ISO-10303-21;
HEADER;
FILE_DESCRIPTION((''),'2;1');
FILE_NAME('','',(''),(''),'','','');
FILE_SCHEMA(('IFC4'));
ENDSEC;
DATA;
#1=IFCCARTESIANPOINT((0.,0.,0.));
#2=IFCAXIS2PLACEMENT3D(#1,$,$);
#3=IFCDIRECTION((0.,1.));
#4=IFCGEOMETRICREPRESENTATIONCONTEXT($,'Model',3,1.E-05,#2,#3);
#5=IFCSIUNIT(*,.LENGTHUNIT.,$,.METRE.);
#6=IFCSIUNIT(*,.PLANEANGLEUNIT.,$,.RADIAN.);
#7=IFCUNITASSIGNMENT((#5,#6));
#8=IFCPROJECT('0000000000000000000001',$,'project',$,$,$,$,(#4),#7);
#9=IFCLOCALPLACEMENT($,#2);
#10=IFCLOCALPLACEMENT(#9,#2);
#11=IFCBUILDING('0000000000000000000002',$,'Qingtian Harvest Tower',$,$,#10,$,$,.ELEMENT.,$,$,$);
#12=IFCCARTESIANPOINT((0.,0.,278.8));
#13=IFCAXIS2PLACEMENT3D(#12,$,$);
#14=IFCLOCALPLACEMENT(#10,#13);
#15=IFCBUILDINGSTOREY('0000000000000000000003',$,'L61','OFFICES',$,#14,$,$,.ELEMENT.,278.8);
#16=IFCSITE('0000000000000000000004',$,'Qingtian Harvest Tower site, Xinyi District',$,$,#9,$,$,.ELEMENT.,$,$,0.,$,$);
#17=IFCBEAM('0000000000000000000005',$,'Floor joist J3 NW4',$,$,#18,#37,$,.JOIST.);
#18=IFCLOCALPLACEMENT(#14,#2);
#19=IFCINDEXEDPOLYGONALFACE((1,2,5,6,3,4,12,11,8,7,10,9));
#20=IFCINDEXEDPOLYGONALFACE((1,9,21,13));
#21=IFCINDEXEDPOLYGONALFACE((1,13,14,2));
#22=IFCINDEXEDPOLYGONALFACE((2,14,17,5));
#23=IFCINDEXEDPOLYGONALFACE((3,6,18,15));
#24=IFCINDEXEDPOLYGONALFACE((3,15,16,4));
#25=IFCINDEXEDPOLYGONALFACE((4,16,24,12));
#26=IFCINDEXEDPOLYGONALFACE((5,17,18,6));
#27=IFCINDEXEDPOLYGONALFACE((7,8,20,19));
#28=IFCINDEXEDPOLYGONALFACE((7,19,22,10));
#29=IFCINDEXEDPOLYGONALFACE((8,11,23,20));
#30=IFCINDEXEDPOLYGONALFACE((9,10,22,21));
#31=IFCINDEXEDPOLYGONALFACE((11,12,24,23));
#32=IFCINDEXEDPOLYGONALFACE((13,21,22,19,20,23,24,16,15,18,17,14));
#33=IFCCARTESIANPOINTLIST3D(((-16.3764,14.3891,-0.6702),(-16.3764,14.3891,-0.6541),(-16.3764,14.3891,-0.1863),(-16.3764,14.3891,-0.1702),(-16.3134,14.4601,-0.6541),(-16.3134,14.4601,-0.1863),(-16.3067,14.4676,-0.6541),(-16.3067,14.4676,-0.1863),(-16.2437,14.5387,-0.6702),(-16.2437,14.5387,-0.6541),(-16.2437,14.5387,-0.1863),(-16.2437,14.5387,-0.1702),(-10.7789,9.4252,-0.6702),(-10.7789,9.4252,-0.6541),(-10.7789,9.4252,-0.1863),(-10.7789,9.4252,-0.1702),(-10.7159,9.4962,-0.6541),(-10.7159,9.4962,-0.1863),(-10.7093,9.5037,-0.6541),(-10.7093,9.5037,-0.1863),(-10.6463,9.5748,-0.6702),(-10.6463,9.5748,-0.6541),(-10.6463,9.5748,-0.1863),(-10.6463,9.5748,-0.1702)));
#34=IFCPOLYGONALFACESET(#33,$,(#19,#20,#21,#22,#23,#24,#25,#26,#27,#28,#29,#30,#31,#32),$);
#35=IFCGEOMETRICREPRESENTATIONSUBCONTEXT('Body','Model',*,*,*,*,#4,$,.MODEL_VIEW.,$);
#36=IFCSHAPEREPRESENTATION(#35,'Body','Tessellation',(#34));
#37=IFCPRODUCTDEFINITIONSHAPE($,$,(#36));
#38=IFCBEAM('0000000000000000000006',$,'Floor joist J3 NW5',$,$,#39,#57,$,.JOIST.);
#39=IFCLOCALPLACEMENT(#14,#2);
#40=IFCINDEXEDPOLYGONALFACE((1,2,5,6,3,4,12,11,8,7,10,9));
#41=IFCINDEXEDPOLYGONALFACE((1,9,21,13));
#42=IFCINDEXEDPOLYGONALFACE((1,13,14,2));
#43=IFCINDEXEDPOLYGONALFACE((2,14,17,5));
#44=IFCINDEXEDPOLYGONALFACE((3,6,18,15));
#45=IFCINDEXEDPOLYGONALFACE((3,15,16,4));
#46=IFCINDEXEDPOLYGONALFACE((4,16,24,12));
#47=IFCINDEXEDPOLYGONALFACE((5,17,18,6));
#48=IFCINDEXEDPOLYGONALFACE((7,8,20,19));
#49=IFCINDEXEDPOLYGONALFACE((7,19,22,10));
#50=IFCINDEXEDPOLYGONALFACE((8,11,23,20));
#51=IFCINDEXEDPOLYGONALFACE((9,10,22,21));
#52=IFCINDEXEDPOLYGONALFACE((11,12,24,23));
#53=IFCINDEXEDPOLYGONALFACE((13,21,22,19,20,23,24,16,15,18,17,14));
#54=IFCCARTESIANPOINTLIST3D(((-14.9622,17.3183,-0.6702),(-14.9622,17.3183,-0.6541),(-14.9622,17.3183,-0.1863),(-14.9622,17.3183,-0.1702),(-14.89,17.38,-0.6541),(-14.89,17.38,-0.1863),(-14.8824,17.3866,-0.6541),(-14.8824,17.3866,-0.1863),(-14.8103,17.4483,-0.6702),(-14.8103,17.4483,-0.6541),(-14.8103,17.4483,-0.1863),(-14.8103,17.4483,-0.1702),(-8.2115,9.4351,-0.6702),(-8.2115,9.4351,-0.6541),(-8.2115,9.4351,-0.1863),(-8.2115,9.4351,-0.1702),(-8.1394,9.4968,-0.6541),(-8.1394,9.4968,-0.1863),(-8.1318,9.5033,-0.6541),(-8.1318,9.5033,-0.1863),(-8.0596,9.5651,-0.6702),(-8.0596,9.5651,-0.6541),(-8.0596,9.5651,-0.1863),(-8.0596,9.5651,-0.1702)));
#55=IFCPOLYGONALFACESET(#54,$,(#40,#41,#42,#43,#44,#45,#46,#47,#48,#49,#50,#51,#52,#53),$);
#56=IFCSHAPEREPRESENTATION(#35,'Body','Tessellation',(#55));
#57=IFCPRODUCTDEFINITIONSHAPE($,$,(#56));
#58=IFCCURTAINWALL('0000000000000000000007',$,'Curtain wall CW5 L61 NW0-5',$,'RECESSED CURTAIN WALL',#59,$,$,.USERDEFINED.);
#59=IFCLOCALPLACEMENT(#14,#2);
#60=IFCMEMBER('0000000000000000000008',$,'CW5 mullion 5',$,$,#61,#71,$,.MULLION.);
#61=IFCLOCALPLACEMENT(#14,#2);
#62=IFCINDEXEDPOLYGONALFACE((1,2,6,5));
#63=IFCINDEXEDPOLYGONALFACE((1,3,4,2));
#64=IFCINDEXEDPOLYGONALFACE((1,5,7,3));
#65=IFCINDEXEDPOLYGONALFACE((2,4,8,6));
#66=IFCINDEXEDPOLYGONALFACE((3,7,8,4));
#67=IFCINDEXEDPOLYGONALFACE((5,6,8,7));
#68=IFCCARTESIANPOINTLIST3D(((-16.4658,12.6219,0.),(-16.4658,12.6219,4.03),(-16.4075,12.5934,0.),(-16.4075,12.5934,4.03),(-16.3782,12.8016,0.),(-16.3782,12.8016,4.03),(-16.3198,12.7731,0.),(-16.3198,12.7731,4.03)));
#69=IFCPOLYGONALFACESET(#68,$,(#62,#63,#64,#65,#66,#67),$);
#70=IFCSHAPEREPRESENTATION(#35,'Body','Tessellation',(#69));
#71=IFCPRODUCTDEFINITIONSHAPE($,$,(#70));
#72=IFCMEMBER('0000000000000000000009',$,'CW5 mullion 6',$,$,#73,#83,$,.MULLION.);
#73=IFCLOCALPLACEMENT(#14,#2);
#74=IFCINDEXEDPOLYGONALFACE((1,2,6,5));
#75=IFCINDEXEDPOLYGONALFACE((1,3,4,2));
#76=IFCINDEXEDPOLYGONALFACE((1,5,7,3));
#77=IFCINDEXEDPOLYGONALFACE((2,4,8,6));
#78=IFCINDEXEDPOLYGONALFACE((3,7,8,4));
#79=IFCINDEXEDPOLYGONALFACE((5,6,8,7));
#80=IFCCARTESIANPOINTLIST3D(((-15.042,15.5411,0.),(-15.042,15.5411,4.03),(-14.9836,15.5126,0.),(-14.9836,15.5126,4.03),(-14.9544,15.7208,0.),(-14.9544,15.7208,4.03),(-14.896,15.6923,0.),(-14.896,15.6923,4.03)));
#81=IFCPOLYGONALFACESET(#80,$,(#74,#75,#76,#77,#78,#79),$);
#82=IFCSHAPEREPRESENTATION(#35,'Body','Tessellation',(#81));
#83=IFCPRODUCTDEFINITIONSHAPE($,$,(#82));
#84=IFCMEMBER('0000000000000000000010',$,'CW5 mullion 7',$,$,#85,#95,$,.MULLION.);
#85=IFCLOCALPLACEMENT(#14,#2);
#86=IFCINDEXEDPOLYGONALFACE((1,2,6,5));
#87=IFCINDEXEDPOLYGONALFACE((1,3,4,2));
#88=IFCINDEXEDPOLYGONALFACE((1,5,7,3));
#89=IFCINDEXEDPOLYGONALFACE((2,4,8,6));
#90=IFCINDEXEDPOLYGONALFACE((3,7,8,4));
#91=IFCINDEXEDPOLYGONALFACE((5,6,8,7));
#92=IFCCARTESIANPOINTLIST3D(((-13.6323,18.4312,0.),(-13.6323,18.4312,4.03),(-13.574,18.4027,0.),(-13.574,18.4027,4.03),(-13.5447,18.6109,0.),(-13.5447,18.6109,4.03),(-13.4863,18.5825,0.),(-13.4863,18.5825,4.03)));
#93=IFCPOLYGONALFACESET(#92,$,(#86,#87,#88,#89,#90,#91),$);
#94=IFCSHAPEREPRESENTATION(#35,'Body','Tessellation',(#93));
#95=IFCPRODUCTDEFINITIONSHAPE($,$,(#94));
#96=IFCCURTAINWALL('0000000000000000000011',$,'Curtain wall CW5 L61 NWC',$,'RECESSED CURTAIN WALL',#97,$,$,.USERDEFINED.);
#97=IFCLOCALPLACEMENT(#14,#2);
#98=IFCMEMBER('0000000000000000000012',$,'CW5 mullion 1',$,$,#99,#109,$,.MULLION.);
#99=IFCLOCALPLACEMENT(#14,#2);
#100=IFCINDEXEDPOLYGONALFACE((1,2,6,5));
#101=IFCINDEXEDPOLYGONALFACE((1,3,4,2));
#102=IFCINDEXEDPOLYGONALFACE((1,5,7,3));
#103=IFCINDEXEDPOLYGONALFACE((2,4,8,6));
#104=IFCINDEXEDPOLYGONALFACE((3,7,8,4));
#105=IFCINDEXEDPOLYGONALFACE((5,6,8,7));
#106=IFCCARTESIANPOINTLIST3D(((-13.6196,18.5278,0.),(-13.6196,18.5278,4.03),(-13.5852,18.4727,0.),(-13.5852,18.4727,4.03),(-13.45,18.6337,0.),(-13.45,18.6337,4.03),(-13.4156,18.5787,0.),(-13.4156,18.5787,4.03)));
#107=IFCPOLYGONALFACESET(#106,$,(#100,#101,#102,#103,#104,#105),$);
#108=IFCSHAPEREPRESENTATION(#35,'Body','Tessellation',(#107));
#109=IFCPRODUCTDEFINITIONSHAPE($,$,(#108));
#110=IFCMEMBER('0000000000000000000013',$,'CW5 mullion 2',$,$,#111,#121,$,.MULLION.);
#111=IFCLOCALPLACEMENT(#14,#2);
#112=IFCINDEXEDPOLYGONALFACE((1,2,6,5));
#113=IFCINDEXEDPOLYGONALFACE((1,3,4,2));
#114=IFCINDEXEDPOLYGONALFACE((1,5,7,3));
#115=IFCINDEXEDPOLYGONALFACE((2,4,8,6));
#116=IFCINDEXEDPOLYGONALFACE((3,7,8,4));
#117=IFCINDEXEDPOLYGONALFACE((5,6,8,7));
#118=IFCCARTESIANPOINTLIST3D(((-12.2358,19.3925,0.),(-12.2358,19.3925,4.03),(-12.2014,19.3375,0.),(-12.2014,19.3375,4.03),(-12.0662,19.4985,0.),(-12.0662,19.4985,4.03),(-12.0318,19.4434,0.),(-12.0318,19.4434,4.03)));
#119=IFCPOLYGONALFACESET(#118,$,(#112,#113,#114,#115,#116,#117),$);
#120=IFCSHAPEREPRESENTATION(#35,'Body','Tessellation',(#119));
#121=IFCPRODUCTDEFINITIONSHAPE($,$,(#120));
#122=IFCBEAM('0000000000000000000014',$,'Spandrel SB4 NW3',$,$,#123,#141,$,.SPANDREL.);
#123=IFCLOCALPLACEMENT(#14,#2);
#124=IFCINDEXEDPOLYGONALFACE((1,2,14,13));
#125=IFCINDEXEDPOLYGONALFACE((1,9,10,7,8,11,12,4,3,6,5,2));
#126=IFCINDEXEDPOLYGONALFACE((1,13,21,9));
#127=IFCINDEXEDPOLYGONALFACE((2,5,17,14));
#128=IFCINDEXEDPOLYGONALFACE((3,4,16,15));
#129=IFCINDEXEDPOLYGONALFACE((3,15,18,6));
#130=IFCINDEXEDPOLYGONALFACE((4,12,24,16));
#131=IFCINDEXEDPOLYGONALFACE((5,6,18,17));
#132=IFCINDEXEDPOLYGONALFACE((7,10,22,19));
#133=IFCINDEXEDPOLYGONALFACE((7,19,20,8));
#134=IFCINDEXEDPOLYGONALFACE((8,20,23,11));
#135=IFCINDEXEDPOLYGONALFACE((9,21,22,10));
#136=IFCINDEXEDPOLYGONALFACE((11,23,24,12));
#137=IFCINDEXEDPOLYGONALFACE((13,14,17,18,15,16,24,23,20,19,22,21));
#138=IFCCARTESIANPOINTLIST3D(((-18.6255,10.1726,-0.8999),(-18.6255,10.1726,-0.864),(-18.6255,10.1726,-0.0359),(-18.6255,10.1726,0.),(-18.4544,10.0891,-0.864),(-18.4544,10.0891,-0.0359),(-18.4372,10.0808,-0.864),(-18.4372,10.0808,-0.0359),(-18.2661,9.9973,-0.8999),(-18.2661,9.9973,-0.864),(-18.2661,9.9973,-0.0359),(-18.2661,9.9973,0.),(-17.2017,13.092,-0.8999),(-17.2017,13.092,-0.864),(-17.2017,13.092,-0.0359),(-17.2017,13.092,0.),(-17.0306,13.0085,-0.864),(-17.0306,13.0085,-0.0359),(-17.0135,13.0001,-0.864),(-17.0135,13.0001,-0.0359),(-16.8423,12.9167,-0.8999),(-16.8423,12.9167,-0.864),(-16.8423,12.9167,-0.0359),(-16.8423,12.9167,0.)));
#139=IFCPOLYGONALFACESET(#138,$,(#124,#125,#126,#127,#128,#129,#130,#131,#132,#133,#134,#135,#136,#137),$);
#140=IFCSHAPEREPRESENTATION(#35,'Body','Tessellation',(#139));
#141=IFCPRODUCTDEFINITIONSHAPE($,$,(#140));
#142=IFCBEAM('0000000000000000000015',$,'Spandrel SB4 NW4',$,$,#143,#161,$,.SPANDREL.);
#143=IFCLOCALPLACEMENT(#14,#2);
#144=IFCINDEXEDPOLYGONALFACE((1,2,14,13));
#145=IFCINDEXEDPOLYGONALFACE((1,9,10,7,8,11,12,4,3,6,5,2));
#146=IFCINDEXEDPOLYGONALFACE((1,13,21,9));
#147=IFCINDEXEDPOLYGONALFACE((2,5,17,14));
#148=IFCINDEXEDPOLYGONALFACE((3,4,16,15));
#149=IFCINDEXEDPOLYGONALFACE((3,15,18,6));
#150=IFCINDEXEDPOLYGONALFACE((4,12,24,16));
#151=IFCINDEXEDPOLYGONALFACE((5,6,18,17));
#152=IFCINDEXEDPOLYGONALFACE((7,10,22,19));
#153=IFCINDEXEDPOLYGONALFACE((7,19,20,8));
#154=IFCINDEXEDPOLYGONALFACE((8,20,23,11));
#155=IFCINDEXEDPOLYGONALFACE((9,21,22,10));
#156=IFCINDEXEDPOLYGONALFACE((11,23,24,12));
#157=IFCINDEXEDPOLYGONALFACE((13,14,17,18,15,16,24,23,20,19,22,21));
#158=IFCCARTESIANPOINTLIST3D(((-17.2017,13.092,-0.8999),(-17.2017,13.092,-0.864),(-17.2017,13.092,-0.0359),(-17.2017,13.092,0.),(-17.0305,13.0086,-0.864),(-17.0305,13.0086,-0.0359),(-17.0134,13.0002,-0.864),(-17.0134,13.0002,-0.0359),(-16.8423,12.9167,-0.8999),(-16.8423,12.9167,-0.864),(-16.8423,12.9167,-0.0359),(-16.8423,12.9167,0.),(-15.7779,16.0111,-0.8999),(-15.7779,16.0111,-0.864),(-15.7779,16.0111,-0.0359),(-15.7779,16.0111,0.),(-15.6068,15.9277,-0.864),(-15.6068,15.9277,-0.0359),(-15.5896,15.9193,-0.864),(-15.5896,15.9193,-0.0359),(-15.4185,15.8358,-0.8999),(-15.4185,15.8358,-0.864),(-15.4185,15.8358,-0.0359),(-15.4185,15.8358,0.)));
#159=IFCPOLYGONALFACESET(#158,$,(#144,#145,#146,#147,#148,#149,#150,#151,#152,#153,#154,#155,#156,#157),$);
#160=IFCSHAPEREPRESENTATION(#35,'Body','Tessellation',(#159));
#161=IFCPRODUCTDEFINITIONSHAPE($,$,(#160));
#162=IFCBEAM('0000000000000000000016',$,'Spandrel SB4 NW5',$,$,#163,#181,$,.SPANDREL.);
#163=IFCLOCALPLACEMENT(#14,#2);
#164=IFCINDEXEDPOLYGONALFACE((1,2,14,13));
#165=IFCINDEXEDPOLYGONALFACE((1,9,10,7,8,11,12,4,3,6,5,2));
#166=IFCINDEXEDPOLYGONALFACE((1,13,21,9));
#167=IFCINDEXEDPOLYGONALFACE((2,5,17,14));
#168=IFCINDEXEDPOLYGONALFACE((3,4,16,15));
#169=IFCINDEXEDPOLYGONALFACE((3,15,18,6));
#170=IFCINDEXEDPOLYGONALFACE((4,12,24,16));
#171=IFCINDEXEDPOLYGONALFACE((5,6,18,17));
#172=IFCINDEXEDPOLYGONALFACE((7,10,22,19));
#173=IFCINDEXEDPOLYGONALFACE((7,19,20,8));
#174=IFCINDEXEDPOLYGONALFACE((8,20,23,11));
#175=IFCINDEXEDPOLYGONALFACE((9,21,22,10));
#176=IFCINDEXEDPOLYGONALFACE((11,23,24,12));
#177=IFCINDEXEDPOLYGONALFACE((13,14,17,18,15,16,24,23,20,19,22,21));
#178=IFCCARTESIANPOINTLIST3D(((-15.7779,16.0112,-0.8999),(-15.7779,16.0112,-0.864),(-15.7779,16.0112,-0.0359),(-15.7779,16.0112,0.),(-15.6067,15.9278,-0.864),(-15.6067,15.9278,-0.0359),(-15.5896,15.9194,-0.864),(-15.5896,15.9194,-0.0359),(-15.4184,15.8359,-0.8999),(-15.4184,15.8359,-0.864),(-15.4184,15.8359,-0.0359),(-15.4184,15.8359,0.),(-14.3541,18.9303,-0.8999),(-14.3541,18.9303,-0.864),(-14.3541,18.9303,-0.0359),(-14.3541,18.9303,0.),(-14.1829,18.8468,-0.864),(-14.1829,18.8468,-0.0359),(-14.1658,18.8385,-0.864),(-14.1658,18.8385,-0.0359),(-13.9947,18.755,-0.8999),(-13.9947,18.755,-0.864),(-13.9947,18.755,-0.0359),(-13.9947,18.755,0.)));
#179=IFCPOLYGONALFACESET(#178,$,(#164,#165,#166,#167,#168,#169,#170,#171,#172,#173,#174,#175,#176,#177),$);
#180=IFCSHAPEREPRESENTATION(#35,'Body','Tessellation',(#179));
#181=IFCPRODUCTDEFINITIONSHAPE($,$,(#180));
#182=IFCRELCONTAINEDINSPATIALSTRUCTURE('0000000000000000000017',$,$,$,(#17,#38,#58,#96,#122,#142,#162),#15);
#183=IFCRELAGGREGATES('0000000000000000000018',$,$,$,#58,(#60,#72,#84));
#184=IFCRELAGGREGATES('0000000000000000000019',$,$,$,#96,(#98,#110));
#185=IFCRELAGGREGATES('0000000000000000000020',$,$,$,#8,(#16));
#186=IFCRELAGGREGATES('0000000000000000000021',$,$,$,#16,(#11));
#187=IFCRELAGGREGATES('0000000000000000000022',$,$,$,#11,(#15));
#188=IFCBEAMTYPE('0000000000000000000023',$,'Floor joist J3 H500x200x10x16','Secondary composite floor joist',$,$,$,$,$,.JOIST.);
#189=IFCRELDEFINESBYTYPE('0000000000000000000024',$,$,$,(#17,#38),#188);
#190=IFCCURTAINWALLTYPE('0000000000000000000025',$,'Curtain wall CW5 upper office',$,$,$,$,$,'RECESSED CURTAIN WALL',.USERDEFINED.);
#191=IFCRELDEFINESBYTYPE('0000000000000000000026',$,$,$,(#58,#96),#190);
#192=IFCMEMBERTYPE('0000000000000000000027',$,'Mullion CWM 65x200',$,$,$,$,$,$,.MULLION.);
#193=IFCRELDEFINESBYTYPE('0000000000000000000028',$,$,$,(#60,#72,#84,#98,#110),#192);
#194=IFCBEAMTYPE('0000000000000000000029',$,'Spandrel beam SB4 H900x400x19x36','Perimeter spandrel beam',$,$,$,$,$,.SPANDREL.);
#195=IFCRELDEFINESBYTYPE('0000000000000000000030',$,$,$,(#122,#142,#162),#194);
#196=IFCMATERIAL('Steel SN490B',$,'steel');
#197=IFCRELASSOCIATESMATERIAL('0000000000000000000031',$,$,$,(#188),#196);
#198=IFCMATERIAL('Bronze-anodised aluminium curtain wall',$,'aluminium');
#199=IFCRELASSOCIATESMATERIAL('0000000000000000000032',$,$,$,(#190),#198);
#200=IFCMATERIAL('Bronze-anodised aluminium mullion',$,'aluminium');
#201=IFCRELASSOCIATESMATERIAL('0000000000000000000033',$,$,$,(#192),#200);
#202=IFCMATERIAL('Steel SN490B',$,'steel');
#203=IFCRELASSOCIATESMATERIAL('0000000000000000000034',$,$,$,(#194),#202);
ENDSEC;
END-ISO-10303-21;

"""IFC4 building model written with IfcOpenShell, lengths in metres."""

from ifc_helpers import new_model, si_unit, direction, frame, origin, origin_2d, place, context, subcontext, project, spatial, rectangle, i_section, extrude, material, material_profile, profile_set, type_object, element, aggregate, save


model = new_model("IFC4")

# Units and contexts
model_context = context("Model", 3, precision=1e-05, world=origin(), true_north=direction((0.0, 1.0)))
body_context = subcontext(model_context, "Body", "Model", "MODEL_VIEW")
ifc_project = project(units=[si_unit("LENGTHUNIT", "METRE"), si_unit("PLANEANGLEUNIT", "RADIAN")], contexts=[model_context])

# Site, building, storey
site_placement = place(None, origin())
site = spatial("IfcSite", under=ifc_project, at=site_placement, Name="Qingtian Harvest Tower site, Xinyi District", CompositionType="ELEMENT", RefElevation=0.0)
building_placement = place(site_placement, origin())
building = spatial("IfcBuilding", under=site, at=building_placement, Name="Qingtian Harvest Tower", CompositionType="ELEMENT")
storey_placement = place(building_placement, frame((0.0, 0.0, 278.8)))
storey = spatial("IfcBuildingStorey", under=building, at=storey_placement, Name="L61", Description="OFFICES", CompositionType="ELEMENT", Elevation=278.8)

# Beams
ifc_material_1 = material(Name="Steel SN490B", Category="steel")
ifc_material_profile_1 = material_profile(ifc_material_1, i_section(OverallWidth=0.2, OverallDepth=0.5, WebThickness=0.01, FlangeThickness=0.0161, at=origin_2d()), Name="H500x200x10x16")
ifc_profile_set_1 = profile_set([ifc_material_profile_1], Name="Steel SN490B")
beam_type_1 = type_object("IfcBeamType", Name="Floor joist J3 H500x200x10x16", Description="Secondary composite floor joist", PredefinedType="JOIST", material=ifc_profile_set_1)
beam_1_placement = place(storey_placement, frame((-16.3101, 14.4639, -0.4202), z_axis=(0.748179, -0.663496, 0.0), x_axis=(0.663496, 0.748179, 0.0)))
element("IfcBeam", 1, at=beam_1_placement, inside=storey, type_object=beam_type_1, Name="Floor joist J3 NW4", PredefinedType="JOIST", context=body_context, shape_type="SweptSolid", body=[
    extrude(i_section(OverallWidth=0.2, OverallDepth=0.5, WebThickness=0.01, FlangeThickness=0.0161, at=origin_2d()), origin(), (0.0, 0.0, 1.0), 7.4814),
])
beam_2_placement = place(storey_placement, frame((-14.8862, 17.3833, -0.4202), z_axis=(0.650437, -0.75956, 0.0), x_axis=(0.75956, 0.650437, 0.0)))
element("IfcBeam", 2, at=beam_2_placement, inside=storey, type_object=beam_type_1, Name="Floor joist J3 NW5", PredefinedType="JOIST", context=body_context, shape_type="SweptSolid", body=[
    extrude(i_section(OverallWidth=0.2, OverallDepth=0.5, WebThickness=0.01, FlangeThickness=0.0161, at=origin_2d()), origin(), (0.0, 0.0, 1.0), 10.3787),
])

# Curtain walls, members
ifc_material_2 = material(Name="Bronze-anodised aluminium curtain wall", Category="aluminium")
curtain_wall_type = type_object("IfcCurtainWallType", Name="Curtain wall CW5 upper office", ElementType="RECESSED CURTAIN WALL", PredefinedType="USERDEFINED", material=ifc_material_2)
curtain_wall_1_placement = place(storey_placement, origin())
curtain_wall_1 = element("IfcCurtainWall", 3, at=curtain_wall_1_placement, inside=storey, type_object=curtain_wall_type, Name="Curtain wall CW5 L61 NW0-5", ObjectType="RECESSED CURTAIN WALL", PredefinedType="USERDEFINED")
ifc_material_3 = material(Name="Bronze-anodised aluminium mullion", Category="aluminium")
ifc_material_profile_2 = material_profile(ifc_material_3, rectangle(XDim=0.0649, YDim=0.2, at=origin_2d()), Name="AL 65x200")
ifc_profile_set_2 = profile_set([ifc_material_profile_2], Name="Bronze-anodised aluminium mullion")
member_type_1 = type_object("IfcMemberType", Name="Mullion CWM 65x200", PredefinedType="MULLION", material=ifc_profile_set_2)
member_1_placement = place(storey_placement, frame((-16.3928, 12.6975, 0.0), z_axis=(0.0, 0.0, 1.0), x_axis=(-0.898794, 0.438371, 0.0)))
member_1 = element("IfcMember", 4, at=member_1_placement, type_object=member_type_1, Name="CW5 mullion 5", PredefinedType="MULLION", context=body_context, shape_type="SweptSolid", body=[
    extrude(rectangle(XDim=0.0649, YDim=0.2, at=origin_2d()), origin(), (0.0, 0.0, 1.0), 4.03),
])
member_2_placement = place(storey_placement, frame((-14.969, 15.6167, 0.0), z_axis=(0.0, 0.0, 1.0), x_axis=(-0.898794, 0.438371, 0.0)))
member_2 = element("IfcMember", 5, at=member_2_placement, type_object=member_type_1, Name="CW5 mullion 6", PredefinedType="MULLION", context=body_context, shape_type="SweptSolid", body=[
    extrude(rectangle(XDim=0.0649, YDim=0.2, at=origin_2d()), origin(), (0.0, 0.0, 1.0), 4.03),
])
member_3_placement = place(storey_placement, frame((-13.5593, 18.5068, 0.0), z_axis=(0.0, 0.0, 1.0), x_axis=(-0.898794, 0.438371, 0.0)))
member_3 = element("IfcMember", 6, at=member_3_placement, type_object=member_type_1, Name="CW5 mullion 7", PredefinedType="MULLION", context=body_context, shape_type="SweptSolid", body=[
    extrude(rectangle(XDim=0.0649, YDim=0.2, at=origin_2d()), origin(), (0.0, 0.0, 1.0), 4.03),
])
curtain_wall_2_placement = place(storey_placement, origin())
curtain_wall_2 = element("IfcCurtainWall", 7, at=curtain_wall_2_placement, inside=storey, type_object=curtain_wall_type, Name="Curtain wall CW5 L61 NWC", ObjectType="RECESSED CURTAIN WALL", PredefinedType="USERDEFINED")
member_4_placement = place(storey_placement, frame((-13.5176, 18.5532, 0.0), z_axis=(0.0, 0.0, 1.0), x_axis=(-0.529919, 0.848048, 0.0)))
member_4 = element("IfcMember", 8, at=member_4_placement, type_object=member_type_1, Name="CW5 mullion 1", PredefinedType="MULLION", context=body_context, shape_type="SweptSolid", body=[
    extrude(rectangle(XDim=0.0649, YDim=0.2, at=origin_2d()), origin(), (0.0, 0.0, 1.0), 4.03),
])
member_5_placement = place(storey_placement, frame((-12.1338, 19.418, 0.0), z_axis=(0.0, 0.0, 1.0), x_axis=(-0.529919, 0.848048, 0.0)))
member_5 = element("IfcMember", 9, at=member_5_placement, type_object=member_type_1, Name="CW5 mullion 2", PredefinedType="MULLION", context=body_context, shape_type="SweptSolid", body=[
    extrude(rectangle(XDim=0.0649, YDim=0.2, at=origin_2d()), origin(), (0.0, 0.0, 1.0), 4.03),
])

# Beams
ifc_material_4 = material(Name="Steel SN490B", Category="steel")
ifc_material_profile_3 = material_profile(ifc_material_4, i_section(OverallWidth=0.3999, OverallDepth=0.8999, WebThickness=0.019, FlangeThickness=0.0359, at=origin_2d()), Name="H900x400x19x36")
ifc_profile_set_3 = profile_set([ifc_material_profile_3], Name="Steel SN490B")
beam_type_2 = type_object("IfcBeamType", Name="Spandrel beam SB4 H900x400x19x36", Description="Perimeter spandrel beam", PredefinedType="SPANDREL", material=ifc_profile_set_3)
beam_3_placement = place(storey_placement, frame((-18.4458, 10.085, -0.45), z_axis=(0.438353, 0.898803, 0.0), x_axis=(-0.898803, 0.438353, 0.0)))
element("IfcBeam", 10, at=beam_3_placement, inside=storey, type_object=beam_type_2, Name="Spandrel SB4 NW3", PredefinedType="SPANDREL", context=body_context, shape_type="SweptSolid", body=[
    extrude(i_section(OverallWidth=0.3999, OverallDepth=0.8999, WebThickness=0.019, FlangeThickness=0.0359, at=origin_2d()), origin(), (0.0, 0.0, 1.0), 3.248),
])
for number, where, z_axis, x_axis, name in (
    (11, (-17.022, 13.0044, -0.45), (0.438382, 0.898789, 0.0), (-0.898789, 0.438382, 0.0), "Spandrel SB4 NW4"),
    (12, (-15.5981, 15.9236, -0.45), (0.438382, 0.898789, 0.0), (-0.898789, 0.438382, 0.0), "Spandrel SB4 NW5"),
):
    element("IfcBeam", number, at=place(storey_placement, frame(where, z_axis=z_axis, x_axis=x_axis)), inside=storey, type_object=beam_type_2, Name=name, PredefinedType="SPANDREL", context=body_context, shape_type="SweptSolid", body=[
        extrude(i_section(OverallWidth=0.3999, OverallDepth=0.8999, WebThickness=0.019, FlangeThickness=0.0359, at=origin_2d()), origin(), (0.0, 0.0, 1.0), 3.2478),
    ])

aggregate(curtain_wall_1, [member_1, member_2, member_3])
aggregate(curtain_wall_2, [member_4, member_5])

save(model, "model.ifc")
